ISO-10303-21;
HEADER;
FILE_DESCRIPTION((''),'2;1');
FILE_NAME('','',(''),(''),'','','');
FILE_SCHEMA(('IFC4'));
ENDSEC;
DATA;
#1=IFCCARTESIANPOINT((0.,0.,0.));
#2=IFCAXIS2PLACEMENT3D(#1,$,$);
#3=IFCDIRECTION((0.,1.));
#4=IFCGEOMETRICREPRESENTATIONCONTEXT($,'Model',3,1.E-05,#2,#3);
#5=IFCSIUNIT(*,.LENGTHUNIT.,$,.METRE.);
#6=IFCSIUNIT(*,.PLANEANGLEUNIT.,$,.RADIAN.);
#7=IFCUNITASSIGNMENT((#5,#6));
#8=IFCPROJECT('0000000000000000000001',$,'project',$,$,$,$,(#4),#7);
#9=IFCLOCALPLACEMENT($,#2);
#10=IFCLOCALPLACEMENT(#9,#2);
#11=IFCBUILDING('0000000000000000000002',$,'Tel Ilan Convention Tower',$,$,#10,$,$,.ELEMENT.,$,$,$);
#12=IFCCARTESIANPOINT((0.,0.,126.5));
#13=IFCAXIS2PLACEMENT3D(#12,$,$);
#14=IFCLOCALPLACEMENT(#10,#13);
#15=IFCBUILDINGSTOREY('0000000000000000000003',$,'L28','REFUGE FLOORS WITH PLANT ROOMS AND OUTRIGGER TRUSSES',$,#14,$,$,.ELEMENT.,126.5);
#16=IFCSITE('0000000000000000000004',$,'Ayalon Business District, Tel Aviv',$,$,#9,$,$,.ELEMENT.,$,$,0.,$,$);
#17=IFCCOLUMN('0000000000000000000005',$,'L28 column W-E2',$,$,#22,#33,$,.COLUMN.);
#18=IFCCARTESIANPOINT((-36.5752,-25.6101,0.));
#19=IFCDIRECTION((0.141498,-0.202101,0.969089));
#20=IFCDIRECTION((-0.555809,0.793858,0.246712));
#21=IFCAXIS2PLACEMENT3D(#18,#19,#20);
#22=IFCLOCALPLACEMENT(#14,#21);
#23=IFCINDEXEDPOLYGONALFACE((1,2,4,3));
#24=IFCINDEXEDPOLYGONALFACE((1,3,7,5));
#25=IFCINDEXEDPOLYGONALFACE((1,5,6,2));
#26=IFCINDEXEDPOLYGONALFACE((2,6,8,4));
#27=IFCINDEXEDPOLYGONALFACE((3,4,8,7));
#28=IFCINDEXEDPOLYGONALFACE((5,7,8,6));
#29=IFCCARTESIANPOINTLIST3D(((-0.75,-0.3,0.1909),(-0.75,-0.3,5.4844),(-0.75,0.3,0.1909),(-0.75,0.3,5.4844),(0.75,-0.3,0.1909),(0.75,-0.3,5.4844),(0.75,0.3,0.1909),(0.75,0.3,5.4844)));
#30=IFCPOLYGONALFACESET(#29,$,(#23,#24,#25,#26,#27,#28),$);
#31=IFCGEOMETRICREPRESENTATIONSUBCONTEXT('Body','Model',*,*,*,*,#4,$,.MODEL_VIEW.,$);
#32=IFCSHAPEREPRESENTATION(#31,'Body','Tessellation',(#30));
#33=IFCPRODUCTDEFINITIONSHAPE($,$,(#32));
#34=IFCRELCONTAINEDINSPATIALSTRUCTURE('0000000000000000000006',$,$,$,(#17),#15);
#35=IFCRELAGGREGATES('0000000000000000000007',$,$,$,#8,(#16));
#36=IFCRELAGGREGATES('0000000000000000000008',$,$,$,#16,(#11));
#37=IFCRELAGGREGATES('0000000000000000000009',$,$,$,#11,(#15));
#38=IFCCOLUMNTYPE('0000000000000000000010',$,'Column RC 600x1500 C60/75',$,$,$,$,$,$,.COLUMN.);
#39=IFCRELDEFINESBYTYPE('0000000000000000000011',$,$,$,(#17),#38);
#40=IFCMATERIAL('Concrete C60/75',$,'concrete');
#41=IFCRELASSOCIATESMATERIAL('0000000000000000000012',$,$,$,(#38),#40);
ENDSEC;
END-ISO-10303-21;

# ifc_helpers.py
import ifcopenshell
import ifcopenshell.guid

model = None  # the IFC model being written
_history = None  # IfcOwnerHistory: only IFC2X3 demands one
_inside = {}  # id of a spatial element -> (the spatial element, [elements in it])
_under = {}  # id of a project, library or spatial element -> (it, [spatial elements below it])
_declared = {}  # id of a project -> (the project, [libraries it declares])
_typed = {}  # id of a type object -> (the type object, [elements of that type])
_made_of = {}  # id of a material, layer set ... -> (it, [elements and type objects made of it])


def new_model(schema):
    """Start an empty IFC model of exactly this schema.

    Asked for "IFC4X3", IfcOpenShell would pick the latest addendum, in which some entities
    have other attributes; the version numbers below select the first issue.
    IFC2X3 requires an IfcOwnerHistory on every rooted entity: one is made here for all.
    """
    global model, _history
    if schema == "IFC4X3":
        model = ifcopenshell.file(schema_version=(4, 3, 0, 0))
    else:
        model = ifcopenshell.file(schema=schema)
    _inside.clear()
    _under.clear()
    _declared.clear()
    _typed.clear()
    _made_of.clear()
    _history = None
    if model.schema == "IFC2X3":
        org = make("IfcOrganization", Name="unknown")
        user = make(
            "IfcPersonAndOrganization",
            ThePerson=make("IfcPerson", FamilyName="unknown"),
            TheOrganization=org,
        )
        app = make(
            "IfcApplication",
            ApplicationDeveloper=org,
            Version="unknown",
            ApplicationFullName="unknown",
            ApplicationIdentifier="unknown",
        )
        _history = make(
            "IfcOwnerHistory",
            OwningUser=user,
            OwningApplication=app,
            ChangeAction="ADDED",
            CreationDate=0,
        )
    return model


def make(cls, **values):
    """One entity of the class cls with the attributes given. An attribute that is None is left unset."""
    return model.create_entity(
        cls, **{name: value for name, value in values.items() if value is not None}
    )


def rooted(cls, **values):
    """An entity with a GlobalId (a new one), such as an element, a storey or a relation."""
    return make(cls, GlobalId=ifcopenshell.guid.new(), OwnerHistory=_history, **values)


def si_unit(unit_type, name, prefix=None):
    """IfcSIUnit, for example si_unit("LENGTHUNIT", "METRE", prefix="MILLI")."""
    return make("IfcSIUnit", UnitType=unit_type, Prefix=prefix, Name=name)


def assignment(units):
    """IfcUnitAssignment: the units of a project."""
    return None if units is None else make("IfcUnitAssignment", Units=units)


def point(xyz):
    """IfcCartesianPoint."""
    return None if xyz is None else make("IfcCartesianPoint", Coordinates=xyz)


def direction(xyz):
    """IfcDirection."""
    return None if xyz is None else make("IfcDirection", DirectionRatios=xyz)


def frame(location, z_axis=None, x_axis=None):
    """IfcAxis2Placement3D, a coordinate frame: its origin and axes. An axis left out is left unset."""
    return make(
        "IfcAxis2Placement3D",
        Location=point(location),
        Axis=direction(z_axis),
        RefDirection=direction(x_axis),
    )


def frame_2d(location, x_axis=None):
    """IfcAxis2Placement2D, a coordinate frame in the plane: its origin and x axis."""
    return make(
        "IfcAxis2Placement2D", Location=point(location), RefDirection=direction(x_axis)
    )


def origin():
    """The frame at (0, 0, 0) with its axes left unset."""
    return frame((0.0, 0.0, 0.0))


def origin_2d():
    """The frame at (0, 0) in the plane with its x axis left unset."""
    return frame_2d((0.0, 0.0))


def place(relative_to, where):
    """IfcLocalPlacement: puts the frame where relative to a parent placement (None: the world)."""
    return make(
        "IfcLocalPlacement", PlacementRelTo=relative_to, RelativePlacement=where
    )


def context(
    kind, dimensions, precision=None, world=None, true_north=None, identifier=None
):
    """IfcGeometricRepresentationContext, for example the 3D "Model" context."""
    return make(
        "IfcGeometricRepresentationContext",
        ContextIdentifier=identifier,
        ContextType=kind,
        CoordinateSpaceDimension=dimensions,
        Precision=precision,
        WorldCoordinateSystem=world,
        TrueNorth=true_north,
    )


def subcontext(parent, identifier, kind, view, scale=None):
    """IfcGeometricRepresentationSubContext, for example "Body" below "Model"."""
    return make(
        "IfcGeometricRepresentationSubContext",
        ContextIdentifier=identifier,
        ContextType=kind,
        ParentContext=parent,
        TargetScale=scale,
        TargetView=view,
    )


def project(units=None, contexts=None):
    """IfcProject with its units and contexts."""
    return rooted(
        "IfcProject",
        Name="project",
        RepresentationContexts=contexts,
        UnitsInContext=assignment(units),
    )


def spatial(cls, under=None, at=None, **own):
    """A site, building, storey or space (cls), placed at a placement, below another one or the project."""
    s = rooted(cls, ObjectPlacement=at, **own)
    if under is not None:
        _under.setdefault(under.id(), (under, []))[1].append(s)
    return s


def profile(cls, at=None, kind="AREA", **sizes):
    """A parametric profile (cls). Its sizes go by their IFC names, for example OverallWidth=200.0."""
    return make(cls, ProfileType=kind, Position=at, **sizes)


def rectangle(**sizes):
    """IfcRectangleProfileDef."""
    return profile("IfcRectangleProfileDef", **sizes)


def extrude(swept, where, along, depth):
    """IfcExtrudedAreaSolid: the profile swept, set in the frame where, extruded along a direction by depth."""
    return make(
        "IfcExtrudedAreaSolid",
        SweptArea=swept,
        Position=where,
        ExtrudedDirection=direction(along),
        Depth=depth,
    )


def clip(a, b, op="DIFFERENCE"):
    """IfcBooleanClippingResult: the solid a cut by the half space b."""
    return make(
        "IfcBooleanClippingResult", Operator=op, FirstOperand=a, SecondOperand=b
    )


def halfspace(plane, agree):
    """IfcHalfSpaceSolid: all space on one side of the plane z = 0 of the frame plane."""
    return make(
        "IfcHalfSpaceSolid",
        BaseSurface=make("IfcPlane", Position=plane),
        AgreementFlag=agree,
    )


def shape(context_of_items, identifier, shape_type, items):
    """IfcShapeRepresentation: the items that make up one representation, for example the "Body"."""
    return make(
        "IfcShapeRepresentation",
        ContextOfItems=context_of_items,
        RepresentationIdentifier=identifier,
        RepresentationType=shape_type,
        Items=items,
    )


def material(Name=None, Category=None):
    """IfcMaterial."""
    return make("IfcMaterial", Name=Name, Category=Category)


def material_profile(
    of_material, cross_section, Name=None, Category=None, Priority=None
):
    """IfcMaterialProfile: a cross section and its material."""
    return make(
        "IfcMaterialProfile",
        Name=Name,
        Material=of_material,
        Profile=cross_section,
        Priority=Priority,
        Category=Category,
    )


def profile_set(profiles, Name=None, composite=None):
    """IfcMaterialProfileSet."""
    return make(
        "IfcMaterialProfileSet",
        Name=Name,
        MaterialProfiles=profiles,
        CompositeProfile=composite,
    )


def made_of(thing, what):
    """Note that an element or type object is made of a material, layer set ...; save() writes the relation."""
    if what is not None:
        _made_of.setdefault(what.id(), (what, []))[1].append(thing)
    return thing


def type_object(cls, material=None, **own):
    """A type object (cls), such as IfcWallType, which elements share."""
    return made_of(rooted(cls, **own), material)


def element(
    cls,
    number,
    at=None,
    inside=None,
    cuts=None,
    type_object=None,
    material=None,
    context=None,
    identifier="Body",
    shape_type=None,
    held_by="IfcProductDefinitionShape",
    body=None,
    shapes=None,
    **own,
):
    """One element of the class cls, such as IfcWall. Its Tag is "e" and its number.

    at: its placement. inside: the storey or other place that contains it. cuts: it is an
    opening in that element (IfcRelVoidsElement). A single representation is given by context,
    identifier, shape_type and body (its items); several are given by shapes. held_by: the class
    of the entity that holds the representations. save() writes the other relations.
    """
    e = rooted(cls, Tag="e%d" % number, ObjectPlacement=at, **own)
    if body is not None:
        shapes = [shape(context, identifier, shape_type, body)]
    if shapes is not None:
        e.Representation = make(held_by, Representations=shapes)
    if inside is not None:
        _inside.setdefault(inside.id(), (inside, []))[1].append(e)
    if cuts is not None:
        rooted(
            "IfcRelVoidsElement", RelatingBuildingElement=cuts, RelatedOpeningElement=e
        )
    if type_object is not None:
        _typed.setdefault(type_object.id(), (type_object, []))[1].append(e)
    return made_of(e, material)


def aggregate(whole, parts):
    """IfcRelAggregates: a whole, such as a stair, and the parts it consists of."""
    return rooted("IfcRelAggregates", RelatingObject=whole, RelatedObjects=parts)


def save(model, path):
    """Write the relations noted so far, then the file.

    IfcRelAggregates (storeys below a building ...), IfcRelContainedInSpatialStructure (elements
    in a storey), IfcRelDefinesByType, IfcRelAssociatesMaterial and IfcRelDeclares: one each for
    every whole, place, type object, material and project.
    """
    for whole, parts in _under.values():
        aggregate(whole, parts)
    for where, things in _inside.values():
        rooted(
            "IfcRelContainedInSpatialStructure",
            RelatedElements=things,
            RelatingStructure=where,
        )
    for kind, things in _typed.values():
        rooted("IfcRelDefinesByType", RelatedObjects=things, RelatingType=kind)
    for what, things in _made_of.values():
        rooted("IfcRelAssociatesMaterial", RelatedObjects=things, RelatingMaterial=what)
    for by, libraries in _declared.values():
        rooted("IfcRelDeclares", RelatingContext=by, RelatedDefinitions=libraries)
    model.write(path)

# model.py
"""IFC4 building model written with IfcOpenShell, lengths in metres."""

from ifc_helpers import new_model, si_unit, direction, frame, origin, origin_2d, place, context, subcontext, project, spatial, rectangle, extrude, clip, halfspace, material, material_profile, profile_set, type_object, element, save


model = new_model("IFC4")

# Units and contexts
model_context = context("Model", 3, precision=1e-05, world=origin(), true_north=direction((0.0, 1.0)))
body_context = subcontext(model_context, "Body", "Model", "MODEL_VIEW")
ifc_project = project(units=[si_unit("LENGTHUNIT", "METRE"), si_unit("PLANEANGLEUNIT", "RADIAN")], contexts=[model_context])

# Site, building, storey
site_placement = place(None, origin())
site = spatial("IfcSite", under=ifc_project, at=site_placement, Name="Ayalon Business District, Tel Aviv", CompositionType="ELEMENT", RefElevation=0.0)
building_placement = place(site_placement, origin())
building = spatial("IfcBuilding", under=site, at=building_placement, Name="Tel Ilan Convention Tower", CompositionType="ELEMENT")
storey_placement = place(building_placement, frame((0.0, 0.0, 126.5)))
storey = spatial("IfcBuildingStorey", under=building, at=storey_placement, Name="L28", Description="REFUGE FLOORS WITH PLANT ROOMS AND OUTRIGGER TRUSSES", CompositionType="ELEMENT", Elevation=126.5)

# Column
ifc_material_1 = material(Name="Concrete C60/75", Category="concrete")
ifc_material_profile_1 = material_profile(ifc_material_1, rectangle(XDim=1.5, YDim=0.6001, at=origin_2d()), Name="RC 600x1500")
ifc_profile_set_1 = profile_set([ifc_material_profile_1], Name="Concrete C60/75")
column_type_1 = type_object("IfcColumnType", Name="Column RC 600x1500 C60/75", PredefinedType="COLUMN", material=ifc_profile_set_1)
column_1_placement = place(storey_placement, frame((-36.5752, -25.6101, 0.0), z_axis=(0.141498, -0.202101, 0.969089), x_axis=(-0.555809, 0.793858, 0.246712)))
element("IfcColumn", 1, at=column_1_placement, inside=storey, type_object=column_type_1, Name="L28 column W-E2", PredefinedType="COLUMN", context=body_context, shape_type="Clipping", body=[
    clip(clip(extrude(rectangle(XDim=1.5, YDim=0.6001, at=origin_2d()), origin(), (0.0, 0.0, 1.0), 5.6753), halfspace(frame((0.0, 0.0, 0.1909), z_axis=(0.0, 0.0, 1.0), x_axis=(1.0, 0.0, 0.0)), True)), halfspace(frame((0.0, 0.0, 5.4844), z_axis=(0.0, 0.0, 1.0), x_axis=(1.0, 0.0, 0.0)), False)),
])

save(model, "model.ifc")
